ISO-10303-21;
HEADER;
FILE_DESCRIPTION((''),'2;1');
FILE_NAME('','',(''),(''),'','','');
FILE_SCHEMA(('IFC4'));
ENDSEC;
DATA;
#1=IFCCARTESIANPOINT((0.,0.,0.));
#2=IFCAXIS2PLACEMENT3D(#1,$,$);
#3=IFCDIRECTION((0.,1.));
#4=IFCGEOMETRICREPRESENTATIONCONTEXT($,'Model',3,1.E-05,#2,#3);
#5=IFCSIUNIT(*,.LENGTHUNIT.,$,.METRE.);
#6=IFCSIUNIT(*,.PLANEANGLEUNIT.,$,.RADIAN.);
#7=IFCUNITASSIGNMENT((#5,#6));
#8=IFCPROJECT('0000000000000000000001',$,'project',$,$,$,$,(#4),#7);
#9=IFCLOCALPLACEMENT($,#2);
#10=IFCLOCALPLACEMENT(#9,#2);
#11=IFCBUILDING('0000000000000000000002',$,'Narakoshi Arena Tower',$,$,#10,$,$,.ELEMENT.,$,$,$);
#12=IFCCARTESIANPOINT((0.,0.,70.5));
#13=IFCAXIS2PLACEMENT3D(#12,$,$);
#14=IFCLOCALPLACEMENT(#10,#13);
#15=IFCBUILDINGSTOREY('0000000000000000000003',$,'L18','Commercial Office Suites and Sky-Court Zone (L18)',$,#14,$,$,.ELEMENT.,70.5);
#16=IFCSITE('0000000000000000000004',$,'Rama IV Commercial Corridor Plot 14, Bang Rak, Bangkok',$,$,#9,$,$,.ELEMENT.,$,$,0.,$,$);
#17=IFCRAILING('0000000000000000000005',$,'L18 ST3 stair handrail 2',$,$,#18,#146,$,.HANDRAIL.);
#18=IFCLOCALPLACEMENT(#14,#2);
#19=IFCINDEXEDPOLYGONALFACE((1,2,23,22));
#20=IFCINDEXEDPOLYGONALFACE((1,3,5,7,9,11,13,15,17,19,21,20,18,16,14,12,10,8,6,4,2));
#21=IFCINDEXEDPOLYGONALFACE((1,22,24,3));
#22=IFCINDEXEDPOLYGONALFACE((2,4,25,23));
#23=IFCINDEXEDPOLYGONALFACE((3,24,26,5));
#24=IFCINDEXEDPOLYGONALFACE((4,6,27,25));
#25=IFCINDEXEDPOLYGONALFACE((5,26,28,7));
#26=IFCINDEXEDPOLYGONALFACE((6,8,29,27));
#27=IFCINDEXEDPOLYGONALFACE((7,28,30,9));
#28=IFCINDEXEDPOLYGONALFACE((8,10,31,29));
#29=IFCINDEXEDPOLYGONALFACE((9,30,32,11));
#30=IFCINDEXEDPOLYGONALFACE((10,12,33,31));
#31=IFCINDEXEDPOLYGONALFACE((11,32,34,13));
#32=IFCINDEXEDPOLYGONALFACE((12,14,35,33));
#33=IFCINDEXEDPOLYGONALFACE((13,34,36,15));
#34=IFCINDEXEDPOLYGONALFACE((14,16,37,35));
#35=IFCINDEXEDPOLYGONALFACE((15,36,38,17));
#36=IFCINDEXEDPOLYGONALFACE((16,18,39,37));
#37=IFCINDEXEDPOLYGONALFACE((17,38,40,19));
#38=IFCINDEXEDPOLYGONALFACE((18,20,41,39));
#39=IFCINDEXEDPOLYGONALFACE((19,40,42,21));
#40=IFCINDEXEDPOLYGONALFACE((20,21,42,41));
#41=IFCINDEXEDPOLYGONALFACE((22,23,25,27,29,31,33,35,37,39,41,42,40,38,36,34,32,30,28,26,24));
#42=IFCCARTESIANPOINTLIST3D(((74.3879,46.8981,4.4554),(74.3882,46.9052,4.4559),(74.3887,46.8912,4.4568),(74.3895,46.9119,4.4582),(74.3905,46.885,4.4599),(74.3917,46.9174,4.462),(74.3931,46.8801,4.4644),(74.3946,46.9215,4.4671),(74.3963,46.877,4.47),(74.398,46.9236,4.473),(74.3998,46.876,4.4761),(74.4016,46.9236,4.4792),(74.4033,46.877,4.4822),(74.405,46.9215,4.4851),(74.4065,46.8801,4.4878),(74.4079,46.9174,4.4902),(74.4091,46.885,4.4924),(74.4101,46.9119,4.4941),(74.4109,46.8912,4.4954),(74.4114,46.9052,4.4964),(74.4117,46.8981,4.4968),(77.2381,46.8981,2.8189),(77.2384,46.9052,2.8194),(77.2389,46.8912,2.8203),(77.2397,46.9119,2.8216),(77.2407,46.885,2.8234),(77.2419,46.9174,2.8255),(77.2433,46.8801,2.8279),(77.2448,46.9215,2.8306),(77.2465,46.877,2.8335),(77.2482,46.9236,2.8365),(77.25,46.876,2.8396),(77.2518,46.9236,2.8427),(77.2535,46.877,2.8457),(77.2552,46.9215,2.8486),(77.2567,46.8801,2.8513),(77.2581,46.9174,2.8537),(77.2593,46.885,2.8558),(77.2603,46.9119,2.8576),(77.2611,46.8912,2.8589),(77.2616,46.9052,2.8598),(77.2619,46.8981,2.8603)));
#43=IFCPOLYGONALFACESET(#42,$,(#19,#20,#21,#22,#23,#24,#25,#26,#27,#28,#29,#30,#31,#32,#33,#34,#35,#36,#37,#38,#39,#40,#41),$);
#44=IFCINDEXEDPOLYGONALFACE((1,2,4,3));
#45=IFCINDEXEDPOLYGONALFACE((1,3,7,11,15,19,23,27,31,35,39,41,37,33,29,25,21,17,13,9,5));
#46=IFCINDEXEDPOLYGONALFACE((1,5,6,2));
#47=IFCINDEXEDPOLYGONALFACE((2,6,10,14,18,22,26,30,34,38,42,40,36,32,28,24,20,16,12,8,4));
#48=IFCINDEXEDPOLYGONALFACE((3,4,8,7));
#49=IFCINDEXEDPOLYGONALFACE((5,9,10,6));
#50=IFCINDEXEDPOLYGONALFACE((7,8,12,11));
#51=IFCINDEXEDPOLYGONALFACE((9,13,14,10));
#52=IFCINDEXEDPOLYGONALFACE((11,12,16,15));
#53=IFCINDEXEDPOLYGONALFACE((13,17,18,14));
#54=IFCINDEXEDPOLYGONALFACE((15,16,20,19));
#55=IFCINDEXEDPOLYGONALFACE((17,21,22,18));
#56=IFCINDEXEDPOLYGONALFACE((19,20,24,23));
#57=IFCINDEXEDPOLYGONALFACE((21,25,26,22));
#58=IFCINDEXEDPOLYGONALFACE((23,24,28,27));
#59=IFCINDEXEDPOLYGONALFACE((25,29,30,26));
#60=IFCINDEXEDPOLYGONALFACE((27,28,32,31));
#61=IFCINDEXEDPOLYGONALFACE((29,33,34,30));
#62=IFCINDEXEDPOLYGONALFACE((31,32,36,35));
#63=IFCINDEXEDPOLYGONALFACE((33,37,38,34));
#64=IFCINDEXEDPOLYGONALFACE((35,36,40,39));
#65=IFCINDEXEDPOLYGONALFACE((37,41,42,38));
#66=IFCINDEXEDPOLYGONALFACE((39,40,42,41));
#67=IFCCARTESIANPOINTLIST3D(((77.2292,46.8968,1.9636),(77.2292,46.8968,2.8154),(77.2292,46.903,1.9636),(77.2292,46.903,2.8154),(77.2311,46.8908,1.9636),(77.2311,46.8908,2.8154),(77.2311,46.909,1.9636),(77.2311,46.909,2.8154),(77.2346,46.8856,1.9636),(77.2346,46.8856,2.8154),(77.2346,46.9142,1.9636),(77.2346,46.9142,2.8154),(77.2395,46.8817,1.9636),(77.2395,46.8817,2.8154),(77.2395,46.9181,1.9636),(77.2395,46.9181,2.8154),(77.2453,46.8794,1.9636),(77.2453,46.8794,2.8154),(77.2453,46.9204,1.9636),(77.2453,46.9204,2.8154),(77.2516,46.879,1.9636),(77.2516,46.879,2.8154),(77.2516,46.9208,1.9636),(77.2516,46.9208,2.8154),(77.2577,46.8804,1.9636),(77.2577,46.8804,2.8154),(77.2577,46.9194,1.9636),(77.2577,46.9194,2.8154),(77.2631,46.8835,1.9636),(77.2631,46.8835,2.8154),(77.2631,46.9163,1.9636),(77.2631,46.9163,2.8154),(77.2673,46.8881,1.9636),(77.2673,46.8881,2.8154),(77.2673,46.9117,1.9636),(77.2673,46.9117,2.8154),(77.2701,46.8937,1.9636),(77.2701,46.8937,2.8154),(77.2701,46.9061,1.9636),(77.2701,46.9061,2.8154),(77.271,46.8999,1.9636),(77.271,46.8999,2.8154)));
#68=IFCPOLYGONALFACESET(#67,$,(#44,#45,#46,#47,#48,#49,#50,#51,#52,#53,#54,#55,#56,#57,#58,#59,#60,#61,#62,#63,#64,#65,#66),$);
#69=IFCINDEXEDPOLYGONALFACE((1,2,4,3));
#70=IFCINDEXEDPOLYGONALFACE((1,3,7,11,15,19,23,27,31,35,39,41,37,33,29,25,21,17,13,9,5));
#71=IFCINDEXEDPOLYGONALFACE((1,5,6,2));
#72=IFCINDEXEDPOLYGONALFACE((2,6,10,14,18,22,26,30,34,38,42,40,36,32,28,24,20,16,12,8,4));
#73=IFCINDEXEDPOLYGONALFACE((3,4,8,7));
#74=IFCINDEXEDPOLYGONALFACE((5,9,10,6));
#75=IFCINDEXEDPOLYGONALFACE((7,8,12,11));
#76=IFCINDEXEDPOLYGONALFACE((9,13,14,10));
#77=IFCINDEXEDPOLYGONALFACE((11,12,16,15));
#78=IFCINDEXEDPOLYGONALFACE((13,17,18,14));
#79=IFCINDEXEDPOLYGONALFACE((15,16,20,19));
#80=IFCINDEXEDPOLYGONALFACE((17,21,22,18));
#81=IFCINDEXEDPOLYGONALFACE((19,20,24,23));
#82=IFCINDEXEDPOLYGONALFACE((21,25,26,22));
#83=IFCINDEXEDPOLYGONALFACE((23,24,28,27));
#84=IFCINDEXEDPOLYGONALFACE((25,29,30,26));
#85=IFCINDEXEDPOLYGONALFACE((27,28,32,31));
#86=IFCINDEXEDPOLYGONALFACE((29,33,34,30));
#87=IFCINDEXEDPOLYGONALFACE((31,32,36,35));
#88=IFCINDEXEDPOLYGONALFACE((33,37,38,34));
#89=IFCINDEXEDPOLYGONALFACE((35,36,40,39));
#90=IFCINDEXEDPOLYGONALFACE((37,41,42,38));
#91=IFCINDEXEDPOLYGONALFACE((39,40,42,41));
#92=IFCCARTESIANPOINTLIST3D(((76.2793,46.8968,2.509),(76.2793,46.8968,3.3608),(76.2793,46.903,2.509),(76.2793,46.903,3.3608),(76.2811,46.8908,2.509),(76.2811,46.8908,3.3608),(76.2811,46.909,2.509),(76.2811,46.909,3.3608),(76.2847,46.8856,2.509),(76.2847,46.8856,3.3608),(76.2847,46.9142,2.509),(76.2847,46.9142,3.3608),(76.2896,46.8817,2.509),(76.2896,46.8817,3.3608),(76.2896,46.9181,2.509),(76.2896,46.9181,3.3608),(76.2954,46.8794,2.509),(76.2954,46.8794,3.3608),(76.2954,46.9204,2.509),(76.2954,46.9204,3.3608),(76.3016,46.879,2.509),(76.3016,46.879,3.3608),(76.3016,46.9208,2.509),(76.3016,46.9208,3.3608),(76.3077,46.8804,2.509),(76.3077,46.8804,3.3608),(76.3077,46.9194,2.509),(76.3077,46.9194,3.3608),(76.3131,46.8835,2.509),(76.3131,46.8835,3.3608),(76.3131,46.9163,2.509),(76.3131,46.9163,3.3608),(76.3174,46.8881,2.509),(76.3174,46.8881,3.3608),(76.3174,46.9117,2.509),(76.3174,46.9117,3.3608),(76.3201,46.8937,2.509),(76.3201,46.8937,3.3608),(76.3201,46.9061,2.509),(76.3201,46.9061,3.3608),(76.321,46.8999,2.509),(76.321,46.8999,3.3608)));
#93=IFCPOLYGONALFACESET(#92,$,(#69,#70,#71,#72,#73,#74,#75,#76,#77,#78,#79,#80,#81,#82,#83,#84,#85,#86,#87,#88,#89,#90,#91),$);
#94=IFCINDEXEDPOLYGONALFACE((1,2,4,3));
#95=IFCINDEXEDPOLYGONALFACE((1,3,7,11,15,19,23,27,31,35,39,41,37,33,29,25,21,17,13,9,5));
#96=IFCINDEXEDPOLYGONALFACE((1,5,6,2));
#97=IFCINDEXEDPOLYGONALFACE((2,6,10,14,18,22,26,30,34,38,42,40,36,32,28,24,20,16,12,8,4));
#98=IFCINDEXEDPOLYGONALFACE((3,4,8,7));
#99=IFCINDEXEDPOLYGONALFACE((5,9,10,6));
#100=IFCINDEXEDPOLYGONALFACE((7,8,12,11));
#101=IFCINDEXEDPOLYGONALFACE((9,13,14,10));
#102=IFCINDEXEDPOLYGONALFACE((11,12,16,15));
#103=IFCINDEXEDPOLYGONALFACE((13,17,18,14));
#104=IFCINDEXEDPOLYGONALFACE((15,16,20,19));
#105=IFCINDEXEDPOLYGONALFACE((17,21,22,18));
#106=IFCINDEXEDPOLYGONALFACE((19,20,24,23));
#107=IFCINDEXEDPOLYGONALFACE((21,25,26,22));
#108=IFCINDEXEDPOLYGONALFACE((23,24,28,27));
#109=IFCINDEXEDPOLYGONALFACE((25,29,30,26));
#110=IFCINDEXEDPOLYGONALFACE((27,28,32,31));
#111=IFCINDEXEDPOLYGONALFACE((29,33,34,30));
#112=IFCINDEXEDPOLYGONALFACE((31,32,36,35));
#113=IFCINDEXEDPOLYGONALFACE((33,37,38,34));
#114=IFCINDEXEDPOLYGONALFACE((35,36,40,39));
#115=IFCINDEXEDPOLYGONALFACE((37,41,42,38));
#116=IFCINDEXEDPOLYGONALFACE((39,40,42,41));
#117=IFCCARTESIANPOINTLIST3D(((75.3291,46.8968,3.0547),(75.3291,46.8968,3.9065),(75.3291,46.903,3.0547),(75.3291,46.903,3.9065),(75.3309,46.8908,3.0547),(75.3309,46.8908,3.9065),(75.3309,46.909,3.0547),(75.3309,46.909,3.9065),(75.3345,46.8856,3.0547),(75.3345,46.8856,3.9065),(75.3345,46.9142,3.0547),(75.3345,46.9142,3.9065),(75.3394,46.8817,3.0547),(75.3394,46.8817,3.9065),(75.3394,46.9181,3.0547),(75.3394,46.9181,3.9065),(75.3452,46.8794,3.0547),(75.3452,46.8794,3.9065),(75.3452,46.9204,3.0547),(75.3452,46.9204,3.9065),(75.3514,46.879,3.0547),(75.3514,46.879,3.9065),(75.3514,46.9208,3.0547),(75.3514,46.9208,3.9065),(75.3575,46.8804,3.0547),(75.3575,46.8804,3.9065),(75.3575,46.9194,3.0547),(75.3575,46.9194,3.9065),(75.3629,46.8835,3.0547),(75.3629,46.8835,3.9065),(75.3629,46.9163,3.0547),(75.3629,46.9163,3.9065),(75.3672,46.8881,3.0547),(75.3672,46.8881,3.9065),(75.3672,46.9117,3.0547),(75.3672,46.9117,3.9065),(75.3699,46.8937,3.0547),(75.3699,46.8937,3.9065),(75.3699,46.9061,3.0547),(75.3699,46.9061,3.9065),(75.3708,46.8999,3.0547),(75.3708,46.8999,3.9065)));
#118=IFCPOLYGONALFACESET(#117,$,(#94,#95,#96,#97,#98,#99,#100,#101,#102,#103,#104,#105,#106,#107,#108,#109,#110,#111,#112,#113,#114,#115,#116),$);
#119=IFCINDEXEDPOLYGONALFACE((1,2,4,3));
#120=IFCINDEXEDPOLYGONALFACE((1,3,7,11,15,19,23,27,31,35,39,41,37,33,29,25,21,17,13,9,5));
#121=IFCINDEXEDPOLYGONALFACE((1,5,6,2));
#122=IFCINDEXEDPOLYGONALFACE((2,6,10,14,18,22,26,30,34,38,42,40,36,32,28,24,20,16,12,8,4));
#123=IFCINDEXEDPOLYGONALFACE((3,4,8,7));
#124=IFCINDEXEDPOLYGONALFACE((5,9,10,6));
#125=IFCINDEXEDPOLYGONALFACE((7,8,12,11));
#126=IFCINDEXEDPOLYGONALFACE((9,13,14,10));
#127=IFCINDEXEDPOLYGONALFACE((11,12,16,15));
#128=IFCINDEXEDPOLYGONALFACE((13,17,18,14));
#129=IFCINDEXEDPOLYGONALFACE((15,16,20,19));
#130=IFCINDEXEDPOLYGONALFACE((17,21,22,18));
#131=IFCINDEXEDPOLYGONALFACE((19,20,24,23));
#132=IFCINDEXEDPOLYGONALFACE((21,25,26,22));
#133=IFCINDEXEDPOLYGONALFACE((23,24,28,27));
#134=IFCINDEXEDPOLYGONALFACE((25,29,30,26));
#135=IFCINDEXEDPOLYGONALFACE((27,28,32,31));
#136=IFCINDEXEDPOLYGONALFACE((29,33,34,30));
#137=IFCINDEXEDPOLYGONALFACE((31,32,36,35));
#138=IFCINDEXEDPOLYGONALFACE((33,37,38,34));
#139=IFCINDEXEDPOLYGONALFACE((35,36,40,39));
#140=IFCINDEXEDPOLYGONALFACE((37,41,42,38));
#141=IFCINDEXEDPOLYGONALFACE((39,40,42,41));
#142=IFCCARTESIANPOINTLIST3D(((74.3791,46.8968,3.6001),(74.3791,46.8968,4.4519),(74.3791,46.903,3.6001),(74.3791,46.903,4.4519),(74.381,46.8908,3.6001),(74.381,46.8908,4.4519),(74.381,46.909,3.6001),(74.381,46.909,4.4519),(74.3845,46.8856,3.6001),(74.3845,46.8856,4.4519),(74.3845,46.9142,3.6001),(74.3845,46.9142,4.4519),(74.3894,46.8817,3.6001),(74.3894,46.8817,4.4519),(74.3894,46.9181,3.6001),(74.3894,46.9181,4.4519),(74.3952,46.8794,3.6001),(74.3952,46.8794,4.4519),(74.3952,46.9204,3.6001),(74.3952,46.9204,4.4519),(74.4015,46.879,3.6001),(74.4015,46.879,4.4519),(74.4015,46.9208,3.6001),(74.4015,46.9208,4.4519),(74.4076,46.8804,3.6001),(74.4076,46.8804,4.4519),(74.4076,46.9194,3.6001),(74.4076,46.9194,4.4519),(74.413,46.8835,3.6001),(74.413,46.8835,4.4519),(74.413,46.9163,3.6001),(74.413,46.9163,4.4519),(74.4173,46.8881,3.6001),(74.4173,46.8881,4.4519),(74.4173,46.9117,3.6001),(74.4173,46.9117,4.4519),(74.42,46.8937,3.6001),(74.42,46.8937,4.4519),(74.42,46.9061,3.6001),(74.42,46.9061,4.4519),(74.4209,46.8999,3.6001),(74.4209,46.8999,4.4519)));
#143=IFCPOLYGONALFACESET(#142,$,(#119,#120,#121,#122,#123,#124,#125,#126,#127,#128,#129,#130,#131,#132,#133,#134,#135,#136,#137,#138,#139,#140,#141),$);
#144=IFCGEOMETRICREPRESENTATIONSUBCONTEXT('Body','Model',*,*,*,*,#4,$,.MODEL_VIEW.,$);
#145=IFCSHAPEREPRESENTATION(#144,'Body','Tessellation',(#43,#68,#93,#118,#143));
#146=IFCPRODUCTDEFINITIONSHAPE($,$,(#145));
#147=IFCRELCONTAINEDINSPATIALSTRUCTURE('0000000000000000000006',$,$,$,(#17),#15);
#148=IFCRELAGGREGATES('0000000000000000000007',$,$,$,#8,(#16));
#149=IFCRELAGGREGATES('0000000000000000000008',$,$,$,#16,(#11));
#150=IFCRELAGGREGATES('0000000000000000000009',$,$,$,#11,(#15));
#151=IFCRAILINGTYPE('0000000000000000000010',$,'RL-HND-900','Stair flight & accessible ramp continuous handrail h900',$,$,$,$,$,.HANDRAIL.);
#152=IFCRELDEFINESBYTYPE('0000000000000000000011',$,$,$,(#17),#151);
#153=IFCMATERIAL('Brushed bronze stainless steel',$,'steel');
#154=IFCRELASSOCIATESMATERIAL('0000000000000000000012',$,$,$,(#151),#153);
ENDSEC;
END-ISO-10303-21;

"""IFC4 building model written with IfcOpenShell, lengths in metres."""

from ifc_helpers import new_model, si_unit, direction, frame, origin, origin_2d, place, context, subcontext, project, spatial, circle, extrude, material, type_object, element, save


model = new_model("IFC4")

# Units and contexts
model_context = context("Model", 3, precision=1e-05, world=origin(), true_north=direction((0.0, 1.0)))
body_context = subcontext(model_context, "Body", "Model", "MODEL_VIEW")
ifc_project = project(units=[si_unit("LENGTHUNIT", "METRE"), si_unit("PLANEANGLEUNIT", "RADIAN")], contexts=[model_context])

# Site, building, storey
site_placement = place(None, origin())
site = spatial("IfcSite", under=ifc_project, at=site_placement, Name="Rama IV Commercial Corridor Plot 14, Bang Rak, Bangkok", CompositionType="ELEMENT", RefElevation=0.0)
building_placement = place(site_placement, origin())
building = spatial("IfcBuilding", under=site, at=building_placement, Name="Narakoshi Arena Tower", CompositionType="ELEMENT")
storey_placement = place(building_placement, frame((0.0, 0.0, 70.5)))
storey = spatial("IfcBuildingStorey", under=building, at=storey_placement, Name="L18", Description="Commercial Office Suites and Sky-Court Zone (L18)", CompositionType="ELEMENT", Elevation=70.5)

# Railing
ifc_material_1 = material(Name="Brushed bronze stainless steel", Category="steel")
railing_type_1 = type_object("IfcRailingType", Name="RL-HND-900", Description="Stair flight & accessible ramp continuous handrail h900", PredefinedType="HANDRAIL", material=ifc_material_1)
railing_1_placement = place(storey_placement, frame((77.25, 46.8999, 1.9636)))
element("IfcRailing", 1, at=railing_1_placement, inside=storey, type_object=railing_type_1, Name="L18 ST3 stair handrail 2", PredefinedType="HANDRAIL", context=body_context, shape_type="SweptSolid", body=[
    extrude(circle(Radius=0.0239, at=origin_2d()), frame((0.0, 0.0, 0.876), z_axis=(-0.867213, 0.0, 0.497938), x_axis=(0.0, -1.0, 0.0)), (0.0, 0.0, 1.0), 3.2866),
    extrude(circle(Radius=0.021, at=origin_2d()), origin(), (0.0, 0.0, 1.0), 0.8518),
    extrude(circle(Radius=0.021, at=origin_2d()), frame((-0.95, 0.0, 0.5454)), (0.0, 0.0, 1.0), 0.8518),
    extrude(circle(Radius=0.021, at=origin_2d()), frame((-1.9001, 0.0, 1.0911)), (0.0, 0.0, 1.0), 0.8518),
    extrude(circle(Radius=0.021, at=origin_2d()), frame((-2.8501, 0.0, 1.6365)), (0.0, 0.0, 1.0), 0.8518),
])

save(model, "model.ifc")
